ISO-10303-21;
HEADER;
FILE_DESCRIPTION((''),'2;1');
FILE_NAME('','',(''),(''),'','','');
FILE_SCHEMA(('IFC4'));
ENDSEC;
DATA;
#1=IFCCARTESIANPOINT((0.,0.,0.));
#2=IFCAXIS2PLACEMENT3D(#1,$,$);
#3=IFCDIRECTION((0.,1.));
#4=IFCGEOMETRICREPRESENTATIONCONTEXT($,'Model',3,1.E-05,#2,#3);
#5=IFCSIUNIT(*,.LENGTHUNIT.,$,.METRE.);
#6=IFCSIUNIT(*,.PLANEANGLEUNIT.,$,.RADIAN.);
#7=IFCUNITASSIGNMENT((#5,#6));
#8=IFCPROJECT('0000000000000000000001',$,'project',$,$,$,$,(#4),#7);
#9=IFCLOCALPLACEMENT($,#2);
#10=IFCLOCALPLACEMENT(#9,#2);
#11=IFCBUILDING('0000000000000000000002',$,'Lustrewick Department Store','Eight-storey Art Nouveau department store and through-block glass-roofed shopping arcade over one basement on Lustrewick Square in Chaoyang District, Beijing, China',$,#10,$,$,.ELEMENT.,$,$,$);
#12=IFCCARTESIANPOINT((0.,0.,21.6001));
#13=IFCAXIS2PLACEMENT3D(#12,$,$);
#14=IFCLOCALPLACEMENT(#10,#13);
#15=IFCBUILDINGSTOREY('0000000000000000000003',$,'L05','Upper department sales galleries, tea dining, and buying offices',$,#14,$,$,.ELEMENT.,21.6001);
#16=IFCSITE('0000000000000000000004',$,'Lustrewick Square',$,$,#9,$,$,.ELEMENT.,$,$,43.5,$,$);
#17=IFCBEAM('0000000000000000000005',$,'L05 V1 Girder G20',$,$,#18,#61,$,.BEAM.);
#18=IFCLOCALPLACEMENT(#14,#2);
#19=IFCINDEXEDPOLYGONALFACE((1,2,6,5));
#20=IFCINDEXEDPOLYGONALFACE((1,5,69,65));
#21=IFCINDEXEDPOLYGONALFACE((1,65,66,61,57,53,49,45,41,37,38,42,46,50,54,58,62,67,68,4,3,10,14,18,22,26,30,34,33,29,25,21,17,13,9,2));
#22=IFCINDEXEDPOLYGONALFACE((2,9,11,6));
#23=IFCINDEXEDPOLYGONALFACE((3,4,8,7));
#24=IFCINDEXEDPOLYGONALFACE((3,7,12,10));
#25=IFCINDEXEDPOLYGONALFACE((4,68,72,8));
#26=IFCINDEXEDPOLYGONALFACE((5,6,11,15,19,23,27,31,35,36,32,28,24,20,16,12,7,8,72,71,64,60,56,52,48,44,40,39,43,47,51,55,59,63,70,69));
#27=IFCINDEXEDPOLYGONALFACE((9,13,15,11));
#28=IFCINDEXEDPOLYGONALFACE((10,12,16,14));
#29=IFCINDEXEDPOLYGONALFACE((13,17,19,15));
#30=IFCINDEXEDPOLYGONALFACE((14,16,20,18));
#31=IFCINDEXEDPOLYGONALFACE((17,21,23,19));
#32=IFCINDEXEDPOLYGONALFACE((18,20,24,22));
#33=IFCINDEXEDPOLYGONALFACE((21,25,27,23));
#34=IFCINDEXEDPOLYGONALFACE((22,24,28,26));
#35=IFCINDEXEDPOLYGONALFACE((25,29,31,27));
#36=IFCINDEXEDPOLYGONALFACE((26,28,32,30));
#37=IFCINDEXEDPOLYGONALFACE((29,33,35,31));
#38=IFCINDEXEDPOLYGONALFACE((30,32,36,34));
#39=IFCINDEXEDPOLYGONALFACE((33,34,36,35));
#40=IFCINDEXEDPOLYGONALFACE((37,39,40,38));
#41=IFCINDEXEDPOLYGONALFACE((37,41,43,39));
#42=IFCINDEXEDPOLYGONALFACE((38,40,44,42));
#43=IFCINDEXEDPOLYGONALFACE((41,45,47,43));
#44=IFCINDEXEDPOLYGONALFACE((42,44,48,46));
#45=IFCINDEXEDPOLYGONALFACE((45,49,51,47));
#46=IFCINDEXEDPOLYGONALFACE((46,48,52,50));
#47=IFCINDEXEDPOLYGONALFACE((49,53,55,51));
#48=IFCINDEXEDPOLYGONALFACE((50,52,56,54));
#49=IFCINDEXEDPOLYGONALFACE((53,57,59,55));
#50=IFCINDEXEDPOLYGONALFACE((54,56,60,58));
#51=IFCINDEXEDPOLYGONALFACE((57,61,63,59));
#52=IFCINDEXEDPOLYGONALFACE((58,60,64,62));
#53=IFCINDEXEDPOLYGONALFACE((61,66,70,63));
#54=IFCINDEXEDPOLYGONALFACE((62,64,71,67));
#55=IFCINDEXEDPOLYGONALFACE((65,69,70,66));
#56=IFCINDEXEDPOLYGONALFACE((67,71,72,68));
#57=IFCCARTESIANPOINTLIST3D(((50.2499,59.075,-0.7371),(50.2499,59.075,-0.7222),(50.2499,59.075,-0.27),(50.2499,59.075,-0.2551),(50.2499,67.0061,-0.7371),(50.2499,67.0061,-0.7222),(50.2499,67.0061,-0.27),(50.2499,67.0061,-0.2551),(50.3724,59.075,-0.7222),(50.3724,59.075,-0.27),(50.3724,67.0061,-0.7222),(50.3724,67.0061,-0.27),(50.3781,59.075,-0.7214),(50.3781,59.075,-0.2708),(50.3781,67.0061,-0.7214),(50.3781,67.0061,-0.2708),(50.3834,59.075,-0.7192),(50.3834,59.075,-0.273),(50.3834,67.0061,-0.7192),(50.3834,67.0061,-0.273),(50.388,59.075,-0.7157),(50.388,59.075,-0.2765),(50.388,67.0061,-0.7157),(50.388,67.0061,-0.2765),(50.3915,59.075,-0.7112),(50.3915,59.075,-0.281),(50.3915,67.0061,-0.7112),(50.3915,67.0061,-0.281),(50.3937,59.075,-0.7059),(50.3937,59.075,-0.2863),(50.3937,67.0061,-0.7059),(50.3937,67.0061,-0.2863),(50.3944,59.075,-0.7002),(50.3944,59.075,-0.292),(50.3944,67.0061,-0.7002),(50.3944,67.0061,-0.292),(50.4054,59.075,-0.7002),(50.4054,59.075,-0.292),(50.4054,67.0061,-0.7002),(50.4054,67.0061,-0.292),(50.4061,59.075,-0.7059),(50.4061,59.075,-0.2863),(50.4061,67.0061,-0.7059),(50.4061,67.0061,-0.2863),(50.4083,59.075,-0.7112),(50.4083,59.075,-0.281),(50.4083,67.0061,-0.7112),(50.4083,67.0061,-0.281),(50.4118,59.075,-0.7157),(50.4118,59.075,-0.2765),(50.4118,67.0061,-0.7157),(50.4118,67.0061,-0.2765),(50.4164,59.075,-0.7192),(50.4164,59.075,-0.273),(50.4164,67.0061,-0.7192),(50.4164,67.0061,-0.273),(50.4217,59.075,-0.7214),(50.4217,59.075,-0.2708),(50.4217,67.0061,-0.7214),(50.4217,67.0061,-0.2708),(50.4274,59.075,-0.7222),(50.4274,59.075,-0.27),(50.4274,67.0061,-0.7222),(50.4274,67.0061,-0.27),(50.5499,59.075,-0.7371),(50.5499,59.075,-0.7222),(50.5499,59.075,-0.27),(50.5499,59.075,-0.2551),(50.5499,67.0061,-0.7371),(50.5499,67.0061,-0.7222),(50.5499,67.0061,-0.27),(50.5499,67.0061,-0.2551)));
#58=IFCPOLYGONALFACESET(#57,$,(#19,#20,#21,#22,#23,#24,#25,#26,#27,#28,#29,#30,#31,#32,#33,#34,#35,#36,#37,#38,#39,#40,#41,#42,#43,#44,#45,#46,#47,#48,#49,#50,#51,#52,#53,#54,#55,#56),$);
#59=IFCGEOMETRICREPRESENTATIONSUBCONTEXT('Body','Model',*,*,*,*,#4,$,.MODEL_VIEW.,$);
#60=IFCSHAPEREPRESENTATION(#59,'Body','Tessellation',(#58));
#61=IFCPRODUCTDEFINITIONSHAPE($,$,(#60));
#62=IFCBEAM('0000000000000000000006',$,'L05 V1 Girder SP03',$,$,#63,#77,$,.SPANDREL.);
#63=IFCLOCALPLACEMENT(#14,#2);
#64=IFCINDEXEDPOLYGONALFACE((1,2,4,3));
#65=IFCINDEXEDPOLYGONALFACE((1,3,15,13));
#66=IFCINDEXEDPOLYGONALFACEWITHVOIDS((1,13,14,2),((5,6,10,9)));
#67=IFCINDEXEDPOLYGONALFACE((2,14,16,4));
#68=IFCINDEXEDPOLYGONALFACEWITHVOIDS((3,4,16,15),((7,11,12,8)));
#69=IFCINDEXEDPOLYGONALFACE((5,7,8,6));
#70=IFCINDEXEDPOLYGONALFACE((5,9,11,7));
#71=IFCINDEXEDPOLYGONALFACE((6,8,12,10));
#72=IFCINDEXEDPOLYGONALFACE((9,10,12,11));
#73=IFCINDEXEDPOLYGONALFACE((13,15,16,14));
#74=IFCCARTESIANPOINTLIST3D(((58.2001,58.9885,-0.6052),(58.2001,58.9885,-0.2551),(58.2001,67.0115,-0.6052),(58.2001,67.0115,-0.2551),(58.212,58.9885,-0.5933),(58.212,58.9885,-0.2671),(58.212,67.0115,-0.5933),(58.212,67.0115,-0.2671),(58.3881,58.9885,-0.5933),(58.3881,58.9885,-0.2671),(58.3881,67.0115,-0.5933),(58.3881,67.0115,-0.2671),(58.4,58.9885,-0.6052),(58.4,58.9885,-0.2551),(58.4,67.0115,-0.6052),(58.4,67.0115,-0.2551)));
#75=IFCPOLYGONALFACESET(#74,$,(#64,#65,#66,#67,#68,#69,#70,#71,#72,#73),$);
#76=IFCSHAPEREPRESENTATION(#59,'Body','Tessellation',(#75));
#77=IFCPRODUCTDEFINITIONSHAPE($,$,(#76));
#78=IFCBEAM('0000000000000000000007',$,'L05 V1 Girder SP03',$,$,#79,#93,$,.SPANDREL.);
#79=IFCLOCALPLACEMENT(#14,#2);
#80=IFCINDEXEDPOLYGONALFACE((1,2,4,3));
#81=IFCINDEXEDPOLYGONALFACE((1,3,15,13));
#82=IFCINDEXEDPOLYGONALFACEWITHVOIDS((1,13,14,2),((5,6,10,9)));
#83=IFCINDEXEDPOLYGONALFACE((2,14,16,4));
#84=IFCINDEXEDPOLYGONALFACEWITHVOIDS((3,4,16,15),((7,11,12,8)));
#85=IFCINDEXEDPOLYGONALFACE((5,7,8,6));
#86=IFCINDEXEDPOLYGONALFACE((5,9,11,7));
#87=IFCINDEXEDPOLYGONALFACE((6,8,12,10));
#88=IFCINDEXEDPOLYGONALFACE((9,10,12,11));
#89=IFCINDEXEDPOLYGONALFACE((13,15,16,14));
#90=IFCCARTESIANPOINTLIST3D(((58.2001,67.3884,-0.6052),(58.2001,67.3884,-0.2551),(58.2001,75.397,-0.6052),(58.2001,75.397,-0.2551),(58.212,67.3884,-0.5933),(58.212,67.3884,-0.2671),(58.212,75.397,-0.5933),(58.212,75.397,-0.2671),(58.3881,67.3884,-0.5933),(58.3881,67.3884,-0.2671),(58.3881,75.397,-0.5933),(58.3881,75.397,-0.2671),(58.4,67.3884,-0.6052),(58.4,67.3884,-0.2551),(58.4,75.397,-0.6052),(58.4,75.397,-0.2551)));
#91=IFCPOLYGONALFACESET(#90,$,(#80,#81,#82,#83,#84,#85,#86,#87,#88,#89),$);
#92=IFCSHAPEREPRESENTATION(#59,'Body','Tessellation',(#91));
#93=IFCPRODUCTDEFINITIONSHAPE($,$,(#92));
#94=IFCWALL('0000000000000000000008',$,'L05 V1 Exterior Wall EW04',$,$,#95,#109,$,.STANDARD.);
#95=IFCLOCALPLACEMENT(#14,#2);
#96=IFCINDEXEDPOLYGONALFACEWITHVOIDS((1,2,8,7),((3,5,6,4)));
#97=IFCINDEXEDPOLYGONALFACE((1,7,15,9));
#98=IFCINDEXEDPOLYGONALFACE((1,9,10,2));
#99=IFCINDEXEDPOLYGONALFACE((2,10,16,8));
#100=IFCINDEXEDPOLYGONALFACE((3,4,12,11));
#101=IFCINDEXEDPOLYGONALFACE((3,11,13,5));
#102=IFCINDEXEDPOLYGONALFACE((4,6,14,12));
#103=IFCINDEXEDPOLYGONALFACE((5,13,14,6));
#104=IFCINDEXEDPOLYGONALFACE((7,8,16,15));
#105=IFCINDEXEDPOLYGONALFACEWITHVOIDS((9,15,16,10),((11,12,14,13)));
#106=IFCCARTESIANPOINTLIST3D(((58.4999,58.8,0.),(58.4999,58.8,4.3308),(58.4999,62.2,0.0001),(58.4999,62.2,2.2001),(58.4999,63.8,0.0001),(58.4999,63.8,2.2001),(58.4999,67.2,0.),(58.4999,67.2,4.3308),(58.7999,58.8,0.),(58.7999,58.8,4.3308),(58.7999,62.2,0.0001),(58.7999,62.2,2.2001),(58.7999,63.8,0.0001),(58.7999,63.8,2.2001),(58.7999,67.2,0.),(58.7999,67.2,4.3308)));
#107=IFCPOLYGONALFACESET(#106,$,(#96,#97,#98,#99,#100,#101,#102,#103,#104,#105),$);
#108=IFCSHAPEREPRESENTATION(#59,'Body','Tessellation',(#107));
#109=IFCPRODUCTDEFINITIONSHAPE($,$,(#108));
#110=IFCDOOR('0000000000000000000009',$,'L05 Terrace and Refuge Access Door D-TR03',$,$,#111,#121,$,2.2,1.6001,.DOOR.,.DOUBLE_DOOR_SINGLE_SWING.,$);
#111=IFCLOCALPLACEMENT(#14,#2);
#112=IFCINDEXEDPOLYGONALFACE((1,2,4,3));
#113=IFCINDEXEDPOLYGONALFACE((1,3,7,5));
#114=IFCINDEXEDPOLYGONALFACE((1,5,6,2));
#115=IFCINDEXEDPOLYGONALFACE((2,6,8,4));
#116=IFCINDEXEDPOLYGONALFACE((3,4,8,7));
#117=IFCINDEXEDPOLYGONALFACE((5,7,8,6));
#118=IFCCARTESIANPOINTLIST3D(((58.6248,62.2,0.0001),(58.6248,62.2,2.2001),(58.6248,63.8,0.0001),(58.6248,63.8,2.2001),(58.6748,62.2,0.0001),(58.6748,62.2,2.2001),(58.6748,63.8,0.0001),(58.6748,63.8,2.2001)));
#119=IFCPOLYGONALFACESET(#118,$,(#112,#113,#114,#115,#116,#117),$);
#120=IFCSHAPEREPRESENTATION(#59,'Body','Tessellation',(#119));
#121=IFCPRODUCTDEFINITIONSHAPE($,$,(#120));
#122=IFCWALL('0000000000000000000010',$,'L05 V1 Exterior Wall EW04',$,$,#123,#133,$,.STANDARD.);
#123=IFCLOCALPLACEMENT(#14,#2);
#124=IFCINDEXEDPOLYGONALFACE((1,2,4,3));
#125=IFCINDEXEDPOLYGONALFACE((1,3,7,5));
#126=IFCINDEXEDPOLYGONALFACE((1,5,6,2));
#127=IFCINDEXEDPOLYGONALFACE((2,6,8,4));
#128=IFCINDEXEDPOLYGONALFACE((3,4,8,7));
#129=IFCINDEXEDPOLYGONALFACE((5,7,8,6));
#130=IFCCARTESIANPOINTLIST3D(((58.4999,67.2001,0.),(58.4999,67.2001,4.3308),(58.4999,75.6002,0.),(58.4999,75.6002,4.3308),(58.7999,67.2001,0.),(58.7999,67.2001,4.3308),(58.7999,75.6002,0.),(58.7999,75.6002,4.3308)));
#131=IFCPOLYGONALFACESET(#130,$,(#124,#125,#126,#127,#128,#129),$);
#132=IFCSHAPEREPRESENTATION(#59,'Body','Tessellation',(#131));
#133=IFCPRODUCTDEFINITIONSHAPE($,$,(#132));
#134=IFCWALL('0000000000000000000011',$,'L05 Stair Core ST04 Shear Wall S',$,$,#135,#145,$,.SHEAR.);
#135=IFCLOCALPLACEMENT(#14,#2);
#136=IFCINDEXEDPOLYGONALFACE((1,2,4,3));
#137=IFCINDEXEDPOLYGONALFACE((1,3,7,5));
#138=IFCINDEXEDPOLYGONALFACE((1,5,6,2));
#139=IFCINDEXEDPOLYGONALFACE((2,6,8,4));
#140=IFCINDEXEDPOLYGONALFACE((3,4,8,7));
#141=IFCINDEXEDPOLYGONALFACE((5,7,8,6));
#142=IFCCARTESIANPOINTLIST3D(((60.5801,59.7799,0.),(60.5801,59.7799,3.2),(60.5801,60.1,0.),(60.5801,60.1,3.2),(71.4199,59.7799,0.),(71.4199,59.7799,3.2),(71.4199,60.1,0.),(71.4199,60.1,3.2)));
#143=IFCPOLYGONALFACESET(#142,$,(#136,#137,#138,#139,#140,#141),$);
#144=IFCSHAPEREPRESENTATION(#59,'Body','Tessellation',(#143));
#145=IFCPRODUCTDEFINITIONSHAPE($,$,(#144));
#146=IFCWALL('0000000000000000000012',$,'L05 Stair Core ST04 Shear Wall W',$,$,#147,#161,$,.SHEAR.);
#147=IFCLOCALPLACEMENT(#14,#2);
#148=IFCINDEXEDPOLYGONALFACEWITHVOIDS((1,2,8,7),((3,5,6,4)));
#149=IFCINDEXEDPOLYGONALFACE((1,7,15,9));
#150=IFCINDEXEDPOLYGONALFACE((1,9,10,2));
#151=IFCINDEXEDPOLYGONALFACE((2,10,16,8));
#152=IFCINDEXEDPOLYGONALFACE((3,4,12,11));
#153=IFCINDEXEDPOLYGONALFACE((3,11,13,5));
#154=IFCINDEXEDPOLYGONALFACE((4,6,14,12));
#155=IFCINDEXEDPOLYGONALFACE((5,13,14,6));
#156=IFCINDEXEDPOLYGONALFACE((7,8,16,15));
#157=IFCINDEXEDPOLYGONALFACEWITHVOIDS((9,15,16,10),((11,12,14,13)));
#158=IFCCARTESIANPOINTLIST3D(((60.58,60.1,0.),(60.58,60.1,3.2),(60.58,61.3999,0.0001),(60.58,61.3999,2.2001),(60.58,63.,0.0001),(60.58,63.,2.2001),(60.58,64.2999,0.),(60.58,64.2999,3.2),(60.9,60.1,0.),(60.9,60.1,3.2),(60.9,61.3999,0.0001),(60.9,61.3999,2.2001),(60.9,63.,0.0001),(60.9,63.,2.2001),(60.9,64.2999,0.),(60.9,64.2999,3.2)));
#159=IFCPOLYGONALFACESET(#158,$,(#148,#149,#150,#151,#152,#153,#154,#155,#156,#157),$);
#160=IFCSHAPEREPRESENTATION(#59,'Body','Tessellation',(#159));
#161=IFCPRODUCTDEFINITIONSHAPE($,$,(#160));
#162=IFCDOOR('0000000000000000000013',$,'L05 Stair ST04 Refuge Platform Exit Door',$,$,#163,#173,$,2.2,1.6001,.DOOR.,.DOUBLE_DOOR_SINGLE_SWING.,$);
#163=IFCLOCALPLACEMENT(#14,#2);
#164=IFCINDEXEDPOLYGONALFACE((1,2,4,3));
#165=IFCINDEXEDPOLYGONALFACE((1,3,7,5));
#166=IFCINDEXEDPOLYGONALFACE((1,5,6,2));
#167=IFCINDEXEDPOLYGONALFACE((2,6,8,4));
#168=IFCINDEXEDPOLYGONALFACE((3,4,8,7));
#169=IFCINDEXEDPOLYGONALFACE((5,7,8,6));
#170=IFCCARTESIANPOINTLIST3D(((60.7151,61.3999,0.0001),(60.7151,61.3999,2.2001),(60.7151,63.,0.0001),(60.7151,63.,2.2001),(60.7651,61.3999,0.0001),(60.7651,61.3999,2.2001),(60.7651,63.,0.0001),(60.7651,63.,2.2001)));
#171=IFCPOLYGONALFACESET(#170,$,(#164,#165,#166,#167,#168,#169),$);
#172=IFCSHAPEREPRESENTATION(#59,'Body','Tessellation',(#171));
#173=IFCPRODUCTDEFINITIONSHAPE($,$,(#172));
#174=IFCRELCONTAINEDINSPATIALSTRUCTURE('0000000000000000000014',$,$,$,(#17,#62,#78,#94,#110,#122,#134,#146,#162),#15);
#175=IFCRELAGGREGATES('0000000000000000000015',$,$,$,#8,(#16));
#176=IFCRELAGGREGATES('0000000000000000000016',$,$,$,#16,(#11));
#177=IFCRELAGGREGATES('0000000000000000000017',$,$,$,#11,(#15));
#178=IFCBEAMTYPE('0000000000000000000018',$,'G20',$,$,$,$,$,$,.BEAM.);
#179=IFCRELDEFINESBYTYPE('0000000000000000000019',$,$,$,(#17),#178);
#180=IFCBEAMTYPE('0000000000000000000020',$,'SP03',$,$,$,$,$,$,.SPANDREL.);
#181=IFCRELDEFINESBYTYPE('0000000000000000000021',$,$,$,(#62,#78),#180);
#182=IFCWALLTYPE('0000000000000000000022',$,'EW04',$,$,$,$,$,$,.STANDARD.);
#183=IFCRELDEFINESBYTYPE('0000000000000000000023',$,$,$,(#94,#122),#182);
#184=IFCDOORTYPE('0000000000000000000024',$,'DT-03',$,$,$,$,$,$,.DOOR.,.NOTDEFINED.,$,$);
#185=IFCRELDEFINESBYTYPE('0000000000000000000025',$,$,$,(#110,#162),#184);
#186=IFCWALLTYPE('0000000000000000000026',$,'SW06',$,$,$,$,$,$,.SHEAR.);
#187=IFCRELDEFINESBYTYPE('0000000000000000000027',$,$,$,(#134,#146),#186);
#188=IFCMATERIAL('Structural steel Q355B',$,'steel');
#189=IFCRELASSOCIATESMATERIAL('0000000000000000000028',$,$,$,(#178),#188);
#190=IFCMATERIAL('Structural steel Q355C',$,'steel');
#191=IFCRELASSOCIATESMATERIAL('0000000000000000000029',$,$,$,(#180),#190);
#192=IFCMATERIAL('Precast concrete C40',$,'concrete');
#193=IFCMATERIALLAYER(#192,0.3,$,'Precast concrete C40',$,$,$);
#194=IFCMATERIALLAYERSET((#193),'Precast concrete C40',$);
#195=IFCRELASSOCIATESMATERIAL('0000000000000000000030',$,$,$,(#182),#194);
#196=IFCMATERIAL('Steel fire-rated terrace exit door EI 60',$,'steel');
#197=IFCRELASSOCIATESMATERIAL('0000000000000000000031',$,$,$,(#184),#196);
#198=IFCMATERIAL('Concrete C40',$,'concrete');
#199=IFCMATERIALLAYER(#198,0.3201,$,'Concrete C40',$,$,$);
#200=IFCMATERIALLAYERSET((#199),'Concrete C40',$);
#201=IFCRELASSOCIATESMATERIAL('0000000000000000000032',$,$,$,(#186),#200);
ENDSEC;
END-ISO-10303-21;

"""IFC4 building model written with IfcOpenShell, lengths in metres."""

from ifc_helpers import new_model, si_unit, direction, frame, frame_2d, origin, origin_2d, place, context, subcontext, project, spatial, rectangle, hollow_rectangle, i_section, extrude, material, layer, layer_set, material_profile, profile_set, type_object, element, fill, save


model = new_model("IFC4")

# Units and contexts
model_context = context("Model", 3, precision=1e-05, world=origin(), true_north=direction((0.0, 1.0)))
body_context = subcontext(model_context, "Body", "Model", "MODEL_VIEW")
ifc_project = project(units=[si_unit("LENGTHUNIT", "METRE"), si_unit("PLANEANGLEUNIT", "RADIAN")], contexts=[model_context])

# Site, building, storey
site_placement = place(None, origin())
site = spatial("IfcSite", under=ifc_project, at=site_placement, Name="Lustrewick Square", CompositionType="ELEMENT", RefElevation=43.5)
building_placement = place(site_placement, origin())
building = spatial("IfcBuilding", under=site, at=building_placement, Name="Lustrewick Department Store", Description="Eight-storey Art Nouveau department store and through-block glass-roofed shopping arcade over one basement on Lustrewick Square in Chaoyang District, Beijing, China", CompositionType="ELEMENT")
storey_placement = place(building_placement, frame((0.0, 0.0, 21.6001)))
storey = spatial("IfcBuildingStorey", under=building, at=storey_placement, Name="L05", Description="Upper department sales galleries, tea dining, and buying offices", CompositionType="ELEMENT", Elevation=21.6001)

# Shared definitions
ifc_material_1 = material(Name="Structural steel Q355B", Category="steel")

# Beams
ifc_material_2 = material(Name="Structural steel Q355C", Category="steel")
ifc_material_profile_1 = material_profile(ifc_material_1, i_section(OverallWidth=0.3, OverallDepth=0.4819, WebThickness=0.011, FlangeThickness=0.0149, FilletRadius=0.022, at=origin_2d()), Name="HM 482x300x11x15")
ifc_profile_set_1 = profile_set([ifc_material_profile_1], Name="Structural steel Q355B")
beam_type_1 = type_object("IfcBeamType", Name="G20", PredefinedType="BEAM", material=ifc_profile_set_1)
beam_1_placement = place(storey_placement, frame((50.3999, 59.075, -0.4961), z_axis=(0.0, 1.0, 0.0), x_axis=(-1.0, 0.0, 0.0)))
element("IfcBeam", 1, at=beam_1_placement, inside=storey, type_object=beam_type_1, Name="L05 V1 Girder G20", PredefinedType="BEAM", context=body_context, shape_type="SweptSolid", body=[
    extrude(i_section(OverallWidth=0.3, OverallDepth=0.4819, WebThickness=0.011, FlangeThickness=0.0149, FilletRadius=0.022, at=origin_2d()), origin(), (0.0, 0.0, 1.0), 7.9312),
])
ifc_material_profile_2 = material_profile(ifc_material_2, hollow_rectangle(XDim=0.2, YDim=0.3501, WallThickness=0.012, at=origin_2d()), Name="RHS 350x200x12")
ifc_profile_set_2 = profile_set([ifc_material_profile_2], Name="Structural steel Q355C")
beam_type_2 = type_object("IfcBeamType", Name="SP03", PredefinedType="SPANDREL", material=ifc_profile_set_2)
beam_2_placement = place(storey_placement, frame((58.3, 58.9885, -0.4302), z_axis=(0.0, 1.0, 0.0), x_axis=(-1.0, 0.0, 0.0)))
element("IfcBeam", 2, at=beam_2_placement, inside=storey, type_object=beam_type_2, Name="L05 V1 Girder SP03", PredefinedType="SPANDREL", context=body_context, shape_type="SweptSolid", body=[
    extrude(hollow_rectangle(XDim=0.2, YDim=0.3501, WallThickness=0.012, at=origin_2d()), origin(), (0.0, 0.0, 1.0), 8.0229),
])
beam_3_placement = place(storey_placement, frame((58.3, 67.3884, -0.4302), z_axis=(0.0, 1.0, 0.0), x_axis=(-1.0, 0.0, 0.0)))
element("IfcBeam", 3, at=beam_3_placement, inside=storey, type_object=beam_type_2, Name="L05 V1 Girder SP03", PredefinedType="SPANDREL", context=body_context, shape_type="SweptSolid", body=[
    extrude(hollow_rectangle(XDim=0.2, YDim=0.3501, WallThickness=0.012, at=origin_2d()), origin(), (0.0, 0.0, 1.0), 8.0085),
])

# Wall, opening, door
ifc_material_3 = material(Name="Precast concrete C40", Category="concrete")
ifc_layer_1 = layer(ifc_material_3, 0.3, Name="Precast concrete C40")
ifc_layer_set_1 = layer_set([ifc_layer_1], Name="Precast concrete C40")
wall_type_1 = type_object("IfcWallType", Name="EW04", PredefinedType="STANDARD", material=ifc_layer_set_1)
wall_1_placement = place(storey_placement, frame((58.6499, 58.8, 0.0), z_axis=(0.0, 0.0, 1.0), x_axis=(0.0, 1.0, 0.0)))
wall_1 = element("IfcWall", 4, at=wall_1_placement, inside=storey, type_object=wall_type_1, Name="L05 V1 Exterior Wall EW04", PredefinedType="STANDARD", context=body_context, shape_type="SweptSolid", body=[
    extrude(rectangle(XDim=8.3999, YDim=0.3, at=frame_2d((4.2, 0.0))), origin(), (0.0, 0.0, 1.0), 4.3308),
])
opening_1_placement = place(wall_1_placement, frame((3.3999, 0.0, 0.0)))
opening_1 = element("IfcOpeningElement", 5, at=opening_1_placement, cuts=wall_1, PredefinedType="OPENING", context=body_context, shape_type="SweptSolid", body=[
    extrude(rectangle(XDim=1.6001, YDim=2.2, at=frame_2d((0.8, 1.1001))), frame((0.0, 0.1602, 0.0), z_axis=(0.0, -1.0, 0.0), x_axis=(1.0, 0.0, 0.0)), (0.0, 0.0, 1.0), 0.3201),
])
ifc_material_4 = material(Name="Steel fire-rated terrace exit door EI 60", Category="steel")
door_type_1 = type_object("IfcDoorType", Name="DT-03", OperationType="NOTDEFINED", PredefinedType="DOOR", material=ifc_material_4)
door_1_placement = place(opening_1_placement, frame((1.6001, 0.0, 0.0), z_axis=(0.0, 0.0, 1.0), x_axis=(-1.0, 0.0, 0.0)))
door_1 = element("IfcDoor", 6, at=door_1_placement, inside=storey, type_object=door_type_1, Name="L05 Terrace and Refuge Access Door D-TR03", OperationType="DOUBLE_DOOR_SINGLE_SWING", OverallHeight=2.2, OverallWidth=1.6001, PredefinedType="DOOR", context=body_context, shape_type="SweptSolid", body=[
    extrude(rectangle(XDim=1.6001, YDim=2.2, at=frame_2d((0.8, 1.1001))), frame((0.0, 0.0249, 0.0), z_axis=(0.0, -1.0, 0.0), x_axis=(1.0, 0.0, 0.0)), (0.0, 0.0, 1.0), 0.05),
])
fill(opening_1, door_1)

# Wall
wall_2_placement = place(storey_placement, frame((58.6499, 67.2, 0.0), z_axis=(0.0, 0.0, 1.0), x_axis=(0.0, 1.0, 0.0)))
element("IfcWall", 7, at=wall_2_placement, inside=storey, type_object=wall_type_1, Name="L05 V1 Exterior Wall EW04", PredefinedType="STANDARD", context=body_context, shape_type="SweptSolid", body=[
    extrude(rectangle(XDim=8.4001, YDim=0.3, at=frame_2d((4.2002, 0.0))), origin(), (0.0, 0.0, 1.0), 4.3308),
])

# Shared definitions
ifc_material_5 = material(Name="Concrete C40", Category="concrete")

# Wall
ifc_layer_2 = layer(ifc_material_5, 0.3201, Name="Concrete C40")
ifc_layer_set_2 = layer_set([ifc_layer_2], Name="Concrete C40")
wall_type_2 = type_object("IfcWallType", Name="SW06", PredefinedType="SHEAR", material=ifc_layer_set_2)
wall_3_placement = place(storey_placement, frame((60.5801, 59.9399, 0.0), z_axis=(0.0, 0.0, 1.0), x_axis=(1.0, 0.0, 0.0)))
element("IfcWall", 8, at=wall_3_placement, inside=storey, type_object=wall_type_2, Name="L05 Stair Core ST04 Shear Wall S", PredefinedType="SHEAR", context=body_context, shape_type="SweptSolid", body=[
    extrude(rectangle(XDim=10.8398, YDim=0.3201, at=frame_2d((5.4199, 0.0))), origin(), (0.0, 0.0, 1.0), 3.2),
])

# Wall, opening, door
wall_4_placement = place(storey_placement, frame((60.74, 64.3, 0.0), z_axis=(0.0, 0.0, 1.0), x_axis=(0.0, -1.0, 0.0)))
wall_4 = element("IfcWall", 9, at=wall_4_placement, inside=storey, type_object=wall_type_2, Name="L05 Stair Core ST04 Shear Wall W", PredefinedType="SHEAR", context=body_context, shape_type="SweptSolid", body=[
    extrude(rectangle(XDim=4.2, YDim=0.3201, at=frame_2d((2.1001, 0.0))), origin(), (0.0, 0.0, 1.0), 3.2),
])
opening_2_placement = place(wall_4_placement, frame((1.3, 0.0, 0.0)))
opening_2 = element("IfcOpeningElement", 10, at=opening_2_placement, cuts=wall_4, PredefinedType="OPENING", context=body_context, shape_type="SweptSolid", body=[
    extrude(rectangle(XDim=1.6001, YDim=2.2, at=frame_2d((0.8, 1.1001))), frame((0.0, 0.1699, 0.0), z_axis=(0.0, -1.0, 0.0), x_axis=(1.0, 0.0, 0.0)), (0.0, 0.0, 1.0), 0.3401),
])
door_2_placement = place(opening_2_placement, frame((1.6001, 0.0, 0.0), z_axis=(0.0, 0.0, 1.0), x_axis=(-1.0, 0.0, 0.0)))
door_2 = element("IfcDoor", 11, at=door_2_placement, inside=storey, type_object=door_type_1, Name="L05 Stair ST04 Refuge Platform Exit Door", OperationType="DOUBLE_DOOR_SINGLE_SWING", OverallHeight=2.2, OverallWidth=1.6001, PredefinedType="DOOR", context=body_context, shape_type="SweptSolid", body=[
    extrude(rectangle(XDim=1.6001, YDim=2.2, at=frame_2d((0.8, 1.1001))), frame((0.0, 0.0249, 0.0), z_axis=(0.0, -1.0, 0.0), x_axis=(1.0, 0.0, 0.0)), (0.0, 0.0, 1.0), 0.05),
])
fill(opening_2, door_2)

save(model, "model.ifc")
